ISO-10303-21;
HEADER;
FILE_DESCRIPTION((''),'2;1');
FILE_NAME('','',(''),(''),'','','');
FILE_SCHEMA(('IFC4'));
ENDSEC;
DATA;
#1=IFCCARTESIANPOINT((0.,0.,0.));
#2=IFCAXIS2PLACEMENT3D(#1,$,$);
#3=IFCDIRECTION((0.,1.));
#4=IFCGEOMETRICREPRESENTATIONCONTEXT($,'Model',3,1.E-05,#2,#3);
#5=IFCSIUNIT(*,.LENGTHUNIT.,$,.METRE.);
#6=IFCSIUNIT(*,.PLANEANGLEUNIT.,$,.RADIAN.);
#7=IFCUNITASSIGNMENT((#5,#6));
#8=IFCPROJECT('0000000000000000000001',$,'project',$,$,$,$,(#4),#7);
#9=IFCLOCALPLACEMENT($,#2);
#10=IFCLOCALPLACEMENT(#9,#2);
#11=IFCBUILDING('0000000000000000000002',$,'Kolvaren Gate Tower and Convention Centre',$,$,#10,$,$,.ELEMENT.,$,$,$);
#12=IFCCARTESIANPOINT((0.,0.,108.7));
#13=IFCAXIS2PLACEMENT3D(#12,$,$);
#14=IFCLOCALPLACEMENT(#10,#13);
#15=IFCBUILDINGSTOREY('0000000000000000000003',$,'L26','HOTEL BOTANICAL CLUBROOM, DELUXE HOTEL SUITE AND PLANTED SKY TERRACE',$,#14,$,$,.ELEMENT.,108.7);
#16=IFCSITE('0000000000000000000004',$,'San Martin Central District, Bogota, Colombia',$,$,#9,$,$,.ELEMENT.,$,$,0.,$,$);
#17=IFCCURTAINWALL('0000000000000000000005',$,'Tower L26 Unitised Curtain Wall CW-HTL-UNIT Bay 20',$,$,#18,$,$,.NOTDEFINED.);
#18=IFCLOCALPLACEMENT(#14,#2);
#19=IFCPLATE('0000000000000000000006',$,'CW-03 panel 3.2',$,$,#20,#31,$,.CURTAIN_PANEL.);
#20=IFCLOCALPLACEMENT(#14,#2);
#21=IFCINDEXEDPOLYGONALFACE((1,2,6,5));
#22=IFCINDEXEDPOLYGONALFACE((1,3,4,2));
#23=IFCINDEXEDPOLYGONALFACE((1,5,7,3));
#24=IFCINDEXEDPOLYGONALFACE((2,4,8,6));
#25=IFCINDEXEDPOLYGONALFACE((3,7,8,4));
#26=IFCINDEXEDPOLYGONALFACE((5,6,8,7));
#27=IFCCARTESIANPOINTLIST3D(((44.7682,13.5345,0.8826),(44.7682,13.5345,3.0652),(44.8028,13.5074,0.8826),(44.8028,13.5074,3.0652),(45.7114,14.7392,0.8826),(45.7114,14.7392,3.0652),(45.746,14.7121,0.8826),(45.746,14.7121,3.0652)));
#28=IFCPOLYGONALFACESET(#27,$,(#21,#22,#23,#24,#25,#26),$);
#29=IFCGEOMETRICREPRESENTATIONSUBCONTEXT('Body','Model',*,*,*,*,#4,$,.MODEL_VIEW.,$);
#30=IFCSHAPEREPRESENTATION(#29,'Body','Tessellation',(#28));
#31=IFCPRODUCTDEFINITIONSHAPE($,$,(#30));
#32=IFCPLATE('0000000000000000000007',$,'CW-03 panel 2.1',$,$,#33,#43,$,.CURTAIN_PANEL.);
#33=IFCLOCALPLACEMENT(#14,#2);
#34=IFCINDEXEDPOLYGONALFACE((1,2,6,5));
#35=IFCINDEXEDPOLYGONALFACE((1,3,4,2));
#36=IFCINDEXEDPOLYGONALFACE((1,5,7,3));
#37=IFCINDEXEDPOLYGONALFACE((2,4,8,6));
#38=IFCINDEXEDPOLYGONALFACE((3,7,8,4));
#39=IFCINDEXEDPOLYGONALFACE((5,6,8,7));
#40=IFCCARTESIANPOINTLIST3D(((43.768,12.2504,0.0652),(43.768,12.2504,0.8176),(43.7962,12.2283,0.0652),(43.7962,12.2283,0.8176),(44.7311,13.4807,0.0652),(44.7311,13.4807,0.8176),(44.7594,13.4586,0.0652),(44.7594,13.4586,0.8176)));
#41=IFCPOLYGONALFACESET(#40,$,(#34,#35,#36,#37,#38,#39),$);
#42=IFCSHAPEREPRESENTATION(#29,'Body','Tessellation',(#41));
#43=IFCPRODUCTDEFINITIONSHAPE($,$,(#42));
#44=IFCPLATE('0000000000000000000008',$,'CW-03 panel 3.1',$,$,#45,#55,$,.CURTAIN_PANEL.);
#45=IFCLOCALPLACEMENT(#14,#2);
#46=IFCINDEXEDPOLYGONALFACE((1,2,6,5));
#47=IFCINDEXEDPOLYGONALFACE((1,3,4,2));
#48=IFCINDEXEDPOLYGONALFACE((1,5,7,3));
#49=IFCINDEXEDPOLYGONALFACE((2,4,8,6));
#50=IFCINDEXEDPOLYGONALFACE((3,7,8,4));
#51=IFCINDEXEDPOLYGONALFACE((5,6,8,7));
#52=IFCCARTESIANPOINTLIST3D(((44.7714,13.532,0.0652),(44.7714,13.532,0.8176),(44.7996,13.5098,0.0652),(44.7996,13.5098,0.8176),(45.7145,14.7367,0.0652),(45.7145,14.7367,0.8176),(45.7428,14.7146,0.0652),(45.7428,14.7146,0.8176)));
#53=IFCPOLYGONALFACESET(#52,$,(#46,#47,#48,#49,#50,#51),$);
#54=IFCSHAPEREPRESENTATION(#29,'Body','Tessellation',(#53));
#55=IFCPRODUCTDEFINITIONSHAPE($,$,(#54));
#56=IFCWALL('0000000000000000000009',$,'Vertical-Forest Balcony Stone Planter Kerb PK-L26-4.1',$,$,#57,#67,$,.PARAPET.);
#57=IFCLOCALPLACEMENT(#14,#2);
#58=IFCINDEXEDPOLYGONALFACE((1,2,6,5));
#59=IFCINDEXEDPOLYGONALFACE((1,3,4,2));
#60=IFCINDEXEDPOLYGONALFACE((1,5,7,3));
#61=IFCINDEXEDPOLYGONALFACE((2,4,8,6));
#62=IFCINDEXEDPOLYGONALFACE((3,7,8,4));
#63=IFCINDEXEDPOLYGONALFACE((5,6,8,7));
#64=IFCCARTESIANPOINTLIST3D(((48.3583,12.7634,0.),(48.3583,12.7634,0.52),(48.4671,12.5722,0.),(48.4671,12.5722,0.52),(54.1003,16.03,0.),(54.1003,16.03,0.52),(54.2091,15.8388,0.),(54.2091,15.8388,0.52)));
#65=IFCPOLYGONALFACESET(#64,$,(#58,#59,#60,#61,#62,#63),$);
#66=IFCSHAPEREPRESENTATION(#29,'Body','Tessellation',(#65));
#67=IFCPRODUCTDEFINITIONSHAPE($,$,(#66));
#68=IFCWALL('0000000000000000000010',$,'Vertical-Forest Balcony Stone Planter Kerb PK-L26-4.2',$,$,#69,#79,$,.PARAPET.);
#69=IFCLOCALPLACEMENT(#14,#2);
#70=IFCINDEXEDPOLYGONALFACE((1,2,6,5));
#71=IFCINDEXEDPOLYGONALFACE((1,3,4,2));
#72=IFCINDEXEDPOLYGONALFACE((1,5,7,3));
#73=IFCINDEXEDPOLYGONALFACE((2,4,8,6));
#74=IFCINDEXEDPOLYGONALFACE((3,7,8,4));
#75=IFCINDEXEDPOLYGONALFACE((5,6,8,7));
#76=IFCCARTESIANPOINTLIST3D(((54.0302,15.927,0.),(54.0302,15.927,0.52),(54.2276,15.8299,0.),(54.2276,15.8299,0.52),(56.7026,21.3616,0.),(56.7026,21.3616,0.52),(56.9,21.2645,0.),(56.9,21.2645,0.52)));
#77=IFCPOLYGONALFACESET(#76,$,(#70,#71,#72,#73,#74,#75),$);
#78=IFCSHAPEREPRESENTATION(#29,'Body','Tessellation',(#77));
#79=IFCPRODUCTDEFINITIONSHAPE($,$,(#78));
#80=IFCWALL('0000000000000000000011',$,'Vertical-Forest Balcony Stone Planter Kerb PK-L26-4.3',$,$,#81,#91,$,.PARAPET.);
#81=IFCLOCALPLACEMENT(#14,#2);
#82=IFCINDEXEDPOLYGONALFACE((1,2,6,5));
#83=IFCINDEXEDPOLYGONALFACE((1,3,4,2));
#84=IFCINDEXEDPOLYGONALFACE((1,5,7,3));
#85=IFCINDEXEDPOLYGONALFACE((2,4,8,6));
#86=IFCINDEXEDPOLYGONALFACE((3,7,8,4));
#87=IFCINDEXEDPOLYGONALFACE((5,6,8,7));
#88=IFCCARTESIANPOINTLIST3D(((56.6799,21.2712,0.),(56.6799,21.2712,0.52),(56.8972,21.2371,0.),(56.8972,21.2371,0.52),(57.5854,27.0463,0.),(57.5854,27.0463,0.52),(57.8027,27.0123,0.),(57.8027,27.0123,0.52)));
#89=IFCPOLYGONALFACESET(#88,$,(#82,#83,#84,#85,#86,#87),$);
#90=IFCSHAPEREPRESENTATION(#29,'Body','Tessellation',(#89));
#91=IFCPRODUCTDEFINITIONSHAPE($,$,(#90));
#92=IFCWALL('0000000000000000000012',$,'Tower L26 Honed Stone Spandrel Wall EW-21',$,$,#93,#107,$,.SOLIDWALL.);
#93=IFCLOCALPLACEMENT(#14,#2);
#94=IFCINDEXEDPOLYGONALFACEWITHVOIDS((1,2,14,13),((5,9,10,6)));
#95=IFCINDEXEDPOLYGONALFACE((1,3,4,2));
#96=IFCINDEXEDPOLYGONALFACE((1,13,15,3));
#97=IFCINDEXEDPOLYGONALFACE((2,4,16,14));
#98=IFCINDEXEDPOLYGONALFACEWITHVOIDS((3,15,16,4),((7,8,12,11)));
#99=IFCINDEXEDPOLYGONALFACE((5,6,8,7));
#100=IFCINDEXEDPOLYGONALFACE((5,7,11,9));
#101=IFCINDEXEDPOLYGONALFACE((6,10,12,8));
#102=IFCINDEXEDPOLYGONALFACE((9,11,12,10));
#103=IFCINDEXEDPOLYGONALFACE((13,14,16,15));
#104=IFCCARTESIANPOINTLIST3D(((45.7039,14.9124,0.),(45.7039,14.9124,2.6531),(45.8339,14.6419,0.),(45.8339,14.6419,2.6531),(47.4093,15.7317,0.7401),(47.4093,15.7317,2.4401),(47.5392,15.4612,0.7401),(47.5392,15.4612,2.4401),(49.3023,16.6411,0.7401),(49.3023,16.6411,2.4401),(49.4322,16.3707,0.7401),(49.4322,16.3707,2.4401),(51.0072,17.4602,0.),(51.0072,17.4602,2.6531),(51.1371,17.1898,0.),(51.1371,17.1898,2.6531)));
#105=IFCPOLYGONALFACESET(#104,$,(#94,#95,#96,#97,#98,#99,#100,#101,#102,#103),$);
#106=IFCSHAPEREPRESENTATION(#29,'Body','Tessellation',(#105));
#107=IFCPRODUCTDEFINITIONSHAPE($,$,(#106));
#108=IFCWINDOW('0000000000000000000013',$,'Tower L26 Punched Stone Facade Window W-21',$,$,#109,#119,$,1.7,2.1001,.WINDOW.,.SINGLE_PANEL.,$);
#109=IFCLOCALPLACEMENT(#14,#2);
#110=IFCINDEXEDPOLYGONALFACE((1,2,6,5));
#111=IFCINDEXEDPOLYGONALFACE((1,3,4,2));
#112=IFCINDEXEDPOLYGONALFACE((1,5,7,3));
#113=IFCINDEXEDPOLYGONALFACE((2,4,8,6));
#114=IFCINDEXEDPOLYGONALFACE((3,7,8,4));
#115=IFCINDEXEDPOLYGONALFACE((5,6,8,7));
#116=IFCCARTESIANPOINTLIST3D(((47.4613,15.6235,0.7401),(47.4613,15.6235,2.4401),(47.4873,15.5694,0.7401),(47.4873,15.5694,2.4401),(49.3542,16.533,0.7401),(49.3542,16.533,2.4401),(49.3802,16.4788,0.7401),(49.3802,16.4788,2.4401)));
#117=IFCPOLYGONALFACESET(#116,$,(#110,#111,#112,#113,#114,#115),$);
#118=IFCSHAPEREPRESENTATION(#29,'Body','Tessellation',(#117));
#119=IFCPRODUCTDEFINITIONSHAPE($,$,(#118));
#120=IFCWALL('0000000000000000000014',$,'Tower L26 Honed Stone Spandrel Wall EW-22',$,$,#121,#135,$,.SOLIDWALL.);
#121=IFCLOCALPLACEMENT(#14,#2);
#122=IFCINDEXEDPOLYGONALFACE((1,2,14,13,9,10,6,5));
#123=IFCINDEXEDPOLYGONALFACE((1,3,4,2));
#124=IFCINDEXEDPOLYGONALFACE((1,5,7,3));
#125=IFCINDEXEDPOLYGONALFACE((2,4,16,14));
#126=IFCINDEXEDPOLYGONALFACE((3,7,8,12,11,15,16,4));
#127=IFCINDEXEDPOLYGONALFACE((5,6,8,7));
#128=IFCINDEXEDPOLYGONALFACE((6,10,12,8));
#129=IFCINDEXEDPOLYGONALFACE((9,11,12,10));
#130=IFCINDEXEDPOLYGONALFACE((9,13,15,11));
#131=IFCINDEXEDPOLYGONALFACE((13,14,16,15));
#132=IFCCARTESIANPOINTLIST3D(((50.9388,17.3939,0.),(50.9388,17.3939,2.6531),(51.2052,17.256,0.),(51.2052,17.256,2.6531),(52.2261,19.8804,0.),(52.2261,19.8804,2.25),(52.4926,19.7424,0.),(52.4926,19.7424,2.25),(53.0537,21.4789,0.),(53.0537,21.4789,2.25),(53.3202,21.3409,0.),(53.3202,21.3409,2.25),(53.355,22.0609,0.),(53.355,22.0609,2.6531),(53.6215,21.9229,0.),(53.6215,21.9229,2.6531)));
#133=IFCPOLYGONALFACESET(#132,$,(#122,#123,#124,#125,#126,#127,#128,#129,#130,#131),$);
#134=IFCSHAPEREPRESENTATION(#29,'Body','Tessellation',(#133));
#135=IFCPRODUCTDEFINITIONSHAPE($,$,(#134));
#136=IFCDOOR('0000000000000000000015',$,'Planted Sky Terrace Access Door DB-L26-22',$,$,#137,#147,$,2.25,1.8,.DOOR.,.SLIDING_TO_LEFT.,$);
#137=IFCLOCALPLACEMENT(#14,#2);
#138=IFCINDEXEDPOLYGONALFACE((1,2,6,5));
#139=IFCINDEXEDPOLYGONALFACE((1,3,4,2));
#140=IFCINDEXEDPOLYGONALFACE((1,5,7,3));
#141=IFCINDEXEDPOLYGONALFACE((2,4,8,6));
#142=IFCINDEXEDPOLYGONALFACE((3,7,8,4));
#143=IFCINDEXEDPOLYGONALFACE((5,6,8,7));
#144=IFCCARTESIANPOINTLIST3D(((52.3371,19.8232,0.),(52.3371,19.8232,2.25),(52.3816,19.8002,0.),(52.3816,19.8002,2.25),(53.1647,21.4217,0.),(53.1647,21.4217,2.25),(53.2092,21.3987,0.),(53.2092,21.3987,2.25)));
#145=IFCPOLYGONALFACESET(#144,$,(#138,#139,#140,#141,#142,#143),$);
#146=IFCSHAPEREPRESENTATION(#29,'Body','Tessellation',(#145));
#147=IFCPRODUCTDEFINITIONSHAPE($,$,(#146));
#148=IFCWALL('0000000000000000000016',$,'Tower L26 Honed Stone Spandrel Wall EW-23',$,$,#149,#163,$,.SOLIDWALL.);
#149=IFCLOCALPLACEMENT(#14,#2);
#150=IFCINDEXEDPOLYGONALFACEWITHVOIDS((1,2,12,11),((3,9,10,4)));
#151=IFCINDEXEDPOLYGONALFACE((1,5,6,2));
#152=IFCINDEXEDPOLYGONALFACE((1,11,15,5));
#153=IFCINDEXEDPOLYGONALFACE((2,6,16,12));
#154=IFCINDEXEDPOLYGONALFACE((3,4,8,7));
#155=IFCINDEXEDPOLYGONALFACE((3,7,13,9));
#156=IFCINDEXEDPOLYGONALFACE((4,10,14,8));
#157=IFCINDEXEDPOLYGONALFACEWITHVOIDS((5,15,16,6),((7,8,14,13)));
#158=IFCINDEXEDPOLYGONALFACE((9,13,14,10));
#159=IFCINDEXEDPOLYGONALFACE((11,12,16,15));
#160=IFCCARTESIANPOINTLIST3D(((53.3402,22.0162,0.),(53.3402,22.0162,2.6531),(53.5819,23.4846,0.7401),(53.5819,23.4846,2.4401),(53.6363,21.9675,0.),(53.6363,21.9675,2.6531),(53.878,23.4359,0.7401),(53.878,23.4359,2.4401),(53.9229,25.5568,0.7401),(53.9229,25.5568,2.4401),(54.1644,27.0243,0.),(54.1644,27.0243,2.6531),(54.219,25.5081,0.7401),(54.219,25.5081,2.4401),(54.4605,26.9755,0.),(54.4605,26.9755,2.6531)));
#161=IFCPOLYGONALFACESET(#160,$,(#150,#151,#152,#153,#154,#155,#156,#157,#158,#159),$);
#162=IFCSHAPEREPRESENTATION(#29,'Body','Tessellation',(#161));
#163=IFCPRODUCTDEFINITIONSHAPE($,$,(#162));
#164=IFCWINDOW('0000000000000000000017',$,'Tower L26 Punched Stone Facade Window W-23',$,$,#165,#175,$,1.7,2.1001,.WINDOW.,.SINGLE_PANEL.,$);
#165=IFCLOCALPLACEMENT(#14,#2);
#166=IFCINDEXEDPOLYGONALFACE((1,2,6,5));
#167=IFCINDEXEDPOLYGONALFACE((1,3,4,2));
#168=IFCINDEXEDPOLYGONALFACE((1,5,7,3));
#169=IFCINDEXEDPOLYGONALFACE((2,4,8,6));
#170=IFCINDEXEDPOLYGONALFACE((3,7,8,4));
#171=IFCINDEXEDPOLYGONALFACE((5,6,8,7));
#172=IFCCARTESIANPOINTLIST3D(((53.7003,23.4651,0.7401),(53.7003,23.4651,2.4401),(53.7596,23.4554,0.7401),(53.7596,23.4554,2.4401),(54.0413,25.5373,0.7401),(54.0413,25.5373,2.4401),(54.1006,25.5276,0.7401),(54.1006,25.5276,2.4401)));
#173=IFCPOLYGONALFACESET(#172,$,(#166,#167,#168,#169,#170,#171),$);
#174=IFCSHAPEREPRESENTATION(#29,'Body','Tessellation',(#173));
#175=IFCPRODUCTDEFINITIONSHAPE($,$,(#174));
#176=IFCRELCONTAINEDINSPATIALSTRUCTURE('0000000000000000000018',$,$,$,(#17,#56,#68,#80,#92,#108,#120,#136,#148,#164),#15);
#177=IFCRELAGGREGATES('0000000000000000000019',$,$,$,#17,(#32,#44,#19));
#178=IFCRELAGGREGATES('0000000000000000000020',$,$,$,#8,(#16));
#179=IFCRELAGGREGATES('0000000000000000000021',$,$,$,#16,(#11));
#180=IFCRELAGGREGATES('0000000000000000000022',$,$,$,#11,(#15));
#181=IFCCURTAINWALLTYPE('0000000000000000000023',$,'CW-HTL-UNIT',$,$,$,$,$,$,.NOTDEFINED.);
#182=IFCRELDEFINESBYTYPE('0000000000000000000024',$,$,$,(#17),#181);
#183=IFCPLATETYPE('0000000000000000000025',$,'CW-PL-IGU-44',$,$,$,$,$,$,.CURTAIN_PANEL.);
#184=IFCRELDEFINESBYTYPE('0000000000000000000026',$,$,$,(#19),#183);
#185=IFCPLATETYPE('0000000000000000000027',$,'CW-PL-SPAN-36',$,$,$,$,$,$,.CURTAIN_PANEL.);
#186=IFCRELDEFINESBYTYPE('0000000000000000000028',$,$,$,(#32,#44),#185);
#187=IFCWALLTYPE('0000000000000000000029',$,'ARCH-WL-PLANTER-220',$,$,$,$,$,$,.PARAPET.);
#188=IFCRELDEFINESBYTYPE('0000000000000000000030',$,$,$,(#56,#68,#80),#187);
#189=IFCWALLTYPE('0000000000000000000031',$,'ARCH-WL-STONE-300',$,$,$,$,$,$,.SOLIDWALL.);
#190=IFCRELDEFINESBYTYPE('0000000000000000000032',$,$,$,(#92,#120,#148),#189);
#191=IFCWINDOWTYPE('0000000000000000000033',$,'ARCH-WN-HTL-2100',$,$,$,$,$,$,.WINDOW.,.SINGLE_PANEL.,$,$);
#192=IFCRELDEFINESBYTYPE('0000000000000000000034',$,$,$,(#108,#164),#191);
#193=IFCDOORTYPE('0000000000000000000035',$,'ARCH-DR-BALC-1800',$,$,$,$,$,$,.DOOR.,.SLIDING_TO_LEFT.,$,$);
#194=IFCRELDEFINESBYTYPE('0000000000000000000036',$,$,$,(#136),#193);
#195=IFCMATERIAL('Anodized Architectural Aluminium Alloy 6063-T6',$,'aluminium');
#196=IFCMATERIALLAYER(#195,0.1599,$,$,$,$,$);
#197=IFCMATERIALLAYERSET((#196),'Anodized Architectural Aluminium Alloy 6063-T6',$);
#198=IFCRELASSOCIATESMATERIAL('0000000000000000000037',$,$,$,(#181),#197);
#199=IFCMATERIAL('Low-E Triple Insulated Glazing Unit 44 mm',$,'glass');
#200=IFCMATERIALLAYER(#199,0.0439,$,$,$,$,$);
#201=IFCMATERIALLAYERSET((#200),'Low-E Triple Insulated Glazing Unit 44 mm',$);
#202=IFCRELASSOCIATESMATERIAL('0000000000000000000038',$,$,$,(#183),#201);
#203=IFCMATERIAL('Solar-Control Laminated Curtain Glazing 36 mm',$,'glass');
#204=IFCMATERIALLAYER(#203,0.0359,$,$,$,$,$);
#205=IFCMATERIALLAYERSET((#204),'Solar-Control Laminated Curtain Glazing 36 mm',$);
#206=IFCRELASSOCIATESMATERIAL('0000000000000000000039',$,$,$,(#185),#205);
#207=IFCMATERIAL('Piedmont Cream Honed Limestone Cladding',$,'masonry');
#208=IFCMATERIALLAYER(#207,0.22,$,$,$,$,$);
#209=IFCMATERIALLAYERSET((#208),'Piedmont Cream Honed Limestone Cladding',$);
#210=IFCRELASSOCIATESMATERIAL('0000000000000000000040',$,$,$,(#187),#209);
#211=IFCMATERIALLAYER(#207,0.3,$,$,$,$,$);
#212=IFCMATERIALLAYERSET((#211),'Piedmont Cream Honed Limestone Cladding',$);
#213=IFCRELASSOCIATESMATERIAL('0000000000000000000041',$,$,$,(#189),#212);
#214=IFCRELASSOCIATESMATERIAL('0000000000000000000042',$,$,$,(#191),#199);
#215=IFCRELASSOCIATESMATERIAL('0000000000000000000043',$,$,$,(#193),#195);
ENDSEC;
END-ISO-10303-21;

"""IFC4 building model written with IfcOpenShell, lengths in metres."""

from ifc_helpers import new_model, si_unit, direction, frame, frame_2d, origin, origin_2d, place, context, subcontext, project, spatial, rectangle, extrude, material, layer, layer_set, type_object, element, fill, aggregate, save


model = new_model("IFC4")

# Units and contexts
model_context = context("Model", 3, precision=1e-05, world=origin(), true_north=direction((0.0, 1.0)))
body_context = subcontext(model_context, "Body", "Model", "MODEL_VIEW")
ifc_project = project(units=[si_unit("LENGTHUNIT", "METRE"), si_unit("PLANEANGLEUNIT", "RADIAN")], contexts=[model_context])

# Site, building, storey
site_placement = place(None, origin())
site = spatial("IfcSite", under=ifc_project, at=site_placement, Name="San Martin Central District, Bogota, Colombia", CompositionType="ELEMENT", RefElevation=0.0)
building_placement = place(site_placement, origin())
building = spatial("IfcBuilding", under=site, at=building_placement, Name="Kolvaren Gate Tower and Convention Centre", CompositionType="ELEMENT")
storey_placement = place(building_placement, frame((0.0, 0.0, 108.7)))
storey = spatial("IfcBuildingStorey", under=building, at=storey_placement, Name="L26", Description="HOTEL BOTANICAL CLUBROOM, DELUXE HOTEL SUITE AND PLANTED SKY TERRACE", CompositionType="ELEMENT", Elevation=108.7)

# Curtain wall
ifc_material_1 = material(Name="Anodized Architectural Aluminium Alloy 6063-T6", Category="aluminium")
ifc_layer_1 = layer(ifc_material_1, 0.1599)
ifc_layer_set_1 = layer_set([ifc_layer_1], Name="Anodized Architectural Aluminium Alloy 6063-T6")
curtain_wall_type = type_object("IfcCurtainWallType", Name="CW-HTL-UNIT", PredefinedType="NOTDEFINED", material=ifc_layer_set_1)
curtain_wall_placement = place(storey_placement, origin())
curtain_wall = element("IfcCurtainWall", 1, at=curtain_wall_placement, inside=storey, type_object=curtain_wall_type, Name="Tower L26 Unitised Curtain Wall CW-HTL-UNIT Bay 20", PredefinedType="NOTDEFINED")

# Plates
ifc_material_2 = material(Name="Low-E Triple Insulated Glazing Unit 44 mm", Category="glass")
ifc_layer_2 = layer(ifc_material_2, 0.0439)
ifc_layer_set_2 = layer_set([ifc_layer_2], Name="Low-E Triple Insulated Glazing Unit 44 mm")
plate_type_1 = type_object("IfcPlateType", Name="CW-PL-IGU-44", PredefinedType="CURTAIN_PANEL", material=ifc_layer_set_2)
plate_1_placement = place(storey_placement, frame((45.2571, 14.1233, 0.8826), z_axis=(0.0, 0.0, 1.0), x_axis=(0.616426, 0.787413, 0.0)))
plate_1 = element("IfcPlate", 2, at=plate_1_placement, type_object=plate_type_1, Name="CW-03 panel 3.2", PredefinedType="CURTAIN_PANEL", context=body_context, shape_type="SweptSolid", body=[
    extrude(rectangle(XDim=1.53, YDim=0.0439, at=origin_2d()), origin(), (0.0, 0.0, 1.0), 2.1826),
])
ifc_material_3 = material(Name="Solar-Control Laminated Curtain Glazing 36 mm", Category="glass")
ifc_layer_3 = layer(ifc_material_3, 0.0359)
ifc_layer_set_3 = layer_set([ifc_layer_3], Name="Solar-Control Laminated Curtain Glazing 36 mm")
plate_type_2 = type_object("IfcPlateType", Name="CW-PL-SPAN-36", PredefinedType="CURTAIN_PANEL", material=ifc_layer_set_3)
plate_2_placement = place(storey_placement, frame((44.2637, 12.8545, 0.0652), z_axis=(0.0, 0.0, 1.0), x_axis=(0.616426, 0.787413, 0.0)))
plate_2 = element("IfcPlate", 3, at=plate_2_placement, type_object=plate_type_2, Name="CW-03 panel 2.1", PredefinedType="CURTAIN_PANEL", context=body_context, shape_type="SweptSolid", body=[
    extrude(rectangle(XDim=1.5625, YDim=0.0359, at=origin_2d()), origin(), (0.0, 0.0, 1.0), 0.7524),
])
plate_3_placement = place(storey_placement, frame((45.2571, 14.1233, 0.0652), z_axis=(0.0, 0.0, 1.0), x_axis=(0.616426, 0.787413, 0.0)))
plate_3 = element("IfcPlate", 4, at=plate_3_placement, type_object=plate_type_2, Name="CW-03 panel 3.1", PredefinedType="CURTAIN_PANEL", context=body_context, shape_type="SweptSolid", body=[
    extrude(rectangle(XDim=1.53, YDim=0.0359, at=origin_2d()), origin(), (0.0, 0.0, 1.0), 0.7524),
])
aggregate(curtain_wall, [plate_2, plate_3, plate_1])

# Walls
ifc_material_4 = material(Name="Piedmont Cream Honed Limestone Cladding", Category="masonry")
ifc_layer_4 = layer(ifc_material_4, 0.22)
ifc_layer_set_4 = layer_set([ifc_layer_4], Name="Piedmont Cream Honed Limestone Cladding")
wall_type_1 = type_object("IfcWallType", Name="ARCH-WL-PLANTER-220", PredefinedType="PARAPET", material=ifc_layer_set_4)
wall_1_placement = place(storey_placement, frame((48.4126, 12.6677, 0.0), z_axis=(0.0, 0.0, 1.0), x_axis=(0.869188, 0.494482, 0.0)))
element("IfcWall", 5, at=wall_1_placement, inside=storey, type_object=wall_type_1, Name="Vertical-Forest Balcony Stone Planter Kerb PK-L26-4.1", PredefinedType="PARAPET", context=body_context, shape_type="SweptSolid", body=[
    extrude(rectangle(XDim=6.6062, YDim=0.22, at=frame_2d((3.3032, 0.0))), origin(), (0.0, 0.0, 1.0), 0.52),
])
wall_2_placement = place(storey_placement, frame((54.1289, 15.8784, 0.0), z_axis=(0.0, 0.0, 1.0), x_axis=(0.44127, 0.897375, 0.0)))
element("IfcWall", 6, at=wall_2_placement, inside=storey, type_object=wall_type_1, Name="Vertical-Forest Balcony Stone Planter Kerb PK-L26-4.2", PredefinedType="PARAPET", context=body_context, shape_type="SweptSolid", body=[
    extrude(rectangle(XDim=6.0562, YDim=0.22, at=frame_2d((3.0281, 0.0))), origin(), (0.0, 0.0, 1.0), 0.52),
])
wall_3_placement = place(storey_placement, frame((56.7886, 21.2542, 0.0), z_axis=(0.0, 0.0, 1.0), x_axis=(0.154903, 0.98793, 0.0)))
element("IfcWall", 7, at=wall_3_placement, inside=storey, type_object=wall_type_1, Name="Vertical-Forest Balcony Stone Planter Kerb PK-L26-4.3", PredefinedType="PARAPET", context=body_context, shape_type="SweptSolid", body=[
    extrude(rectangle(XDim=5.8457, YDim=0.22, at=frame_2d((2.9229, 0.0))), origin(), (0.0, 0.0, 1.0), 0.52),
])

# Wall, opening, window
ifc_layer_5 = layer(ifc_material_4, 0.3)
ifc_layer_set_5 = layer_set([ifc_layer_5], Name="Piedmont Cream Honed Limestone Cladding")
wall_type_2 = type_object("IfcWallType", Name="ARCH-WL-STONE-300", PredefinedType="SOLIDWALL", material=ifc_layer_set_5)
wall_4_placement = place(storey_placement, frame((45.7688, 14.7771, 0.0), z_axis=(0.0, 0.0, 1.0), x_axis=(0.90137, 0.433049, 0.0)))
wall_4 = element("IfcWall", 8, at=wall_4_placement, inside=storey, type_object=wall_type_2, Name="Tower L26 Honed Stone Spandrel Wall EW-21", PredefinedType="SOLIDWALL", context=body_context, shape_type="SweptSolid", body=[
    extrude(rectangle(XDim=5.8835, YDim=0.3, at=frame_2d((2.9419, 0.0))), origin(), (0.0, 0.0, 1.0), 2.6531),
])
opening_1_placement = place(wall_4_placement, frame((1.8921, 0.0, 0.74)))
opening_1 = element("IfcOpeningElement", 9, at=opening_1_placement, cuts=wall_4, PredefinedType="OPENING", context=body_context, shape_type="SweptSolid", body=[
    extrude(rectangle(XDim=2.1001, YDim=1.7, at=frame_2d((1.05, 0.8501))), frame((0.0, 0.1599, 0.0), z_axis=(0.0, -1.0, 0.0), x_axis=(1.0, 0.0, 0.0)), (0.0, 0.0, 1.0), 0.3201),
])
window_type = type_object("IfcWindowType", Name="ARCH-WN-HTL-2100", PartitioningType="SINGLE_PANEL", PredefinedType="WINDOW", material=ifc_material_2)
window_1_placement = place(opening_1_placement, origin())
window_1 = element("IfcWindow", 10, at=window_1_placement, inside=storey, type_object=window_type, Name="Tower L26 Punched Stone Facade Window W-21", OverallHeight=1.7, OverallWidth=2.1001, PartitioningType="SINGLE_PANEL", PredefinedType="WINDOW", context=body_context, shape_type="SweptSolid", body=[
    extrude(rectangle(XDim=2.1001, YDim=1.7, at=frame_2d((1.05, 0.8501))), frame((0.0, 0.03, 0.0), z_axis=(0.0, -1.0, 0.0), x_axis=(1.0, 0.0, 0.0)), (0.0, 0.0, 1.0), 0.0601),
])
fill(opening_1, window_1)

# Wall, opening, door
wall_5_placement = place(storey_placement, frame((51.072, 17.325, 0.0), z_axis=(0.0, 0.0, 1.0), x_axis=(0.459768, 0.888039, 0.0)))
wall_5 = element("IfcWall", 11, at=wall_5_placement, inside=storey, type_object=wall_type_2, Name="Tower L26 Honed Stone Spandrel Wall EW-22", PredefinedType="SOLIDWALL", context=body_context, shape_type="SweptSolid", body=[
    extrude(rectangle(XDim=5.2554, YDim=0.3, at=frame_2d((2.6277, 0.0))), origin(), (0.0, 0.0, 1.0), 2.6531),
])
opening_2_placement = place(wall_5_placement, frame((2.8, 0.0, 0.0)))
opening_2 = element("IfcOpeningElement", 12, at=opening_2_placement, cuts=wall_5, PredefinedType="OPENING", context=body_context, shape_type="SweptSolid", body=[
    extrude(rectangle(XDim=1.8, YDim=2.25, at=frame_2d((0.8999, 1.125))), frame((0.0, 0.1599, 0.0), z_axis=(0.0, -1.0, 0.0), x_axis=(1.0, 0.0, 0.0)), (0.0, 0.0, 1.0), 0.3201),
])
door_type_1 = type_object("IfcDoorType", Name="ARCH-DR-BALC-1800", OperationType="SLIDING_TO_LEFT", PredefinedType="DOOR", material=ifc_material_1)
door_1_placement = place(opening_2_placement, frame((1.8, 0.0, 0.0), z_axis=(0.0, 0.0, 1.0), x_axis=(-1.0, 0.0, 0.0)))
door_1 = element("IfcDoor", 13, at=door_1_placement, inside=storey, type_object=door_type_1, Name="Planted Sky Terrace Access Door DB-L26-22", OperationType="SLIDING_TO_LEFT", OverallHeight=2.25, OverallWidth=1.8, PredefinedType="DOOR", context=body_context, shape_type="SweptSolid", body=[
    extrude(rectangle(XDim=1.8, YDim=2.25, at=frame_2d((0.8999, 1.125))), frame((0.0, 0.0249, 0.0), z_axis=(0.0, -1.0, 0.0), x_axis=(1.0, 0.0, 0.0)), (0.0, 0.0, 1.0), 0.05),
])
fill(opening_2, door_1)

# Wall, opening, window
wall_6_placement = place(storey_placement, frame((53.4883, 21.9919, 0.0), z_axis=(0.0, 0.0, 1.0), x_axis=(0.162394, 0.986726, 0.0)))
wall_6 = element("IfcWall", 14, at=wall_6_placement, inside=storey, type_object=wall_type_2, Name="Tower L26 Honed Stone Spandrel Wall EW-23", PredefinedType="SOLIDWALL", context=body_context, shape_type="SweptSolid", body=[
    extrude(rectangle(XDim=5.0754, YDim=0.3, at=frame_2d((2.5376, 0.0))), origin(), (0.0, 0.0, 1.0), 2.6531),
])
opening_3_placement = place(wall_6_placement, frame((1.488, 0.0, 0.74)))
opening_3 = element("IfcOpeningElement", 15, at=opening_3_placement, cuts=wall_6, PredefinedType="OPENING", context=body_context, shape_type="SweptSolid", body=[
    extrude(rectangle(XDim=2.1001, YDim=1.7, at=frame_2d((1.05, 0.8501))), frame((0.0, 0.1599, 0.0), z_axis=(0.0, -1.0, 0.0), x_axis=(1.0, 0.0, 0.0)), (0.0, 0.0, 1.0), 0.3201),
])
window_2_placement = place(opening_3_placement, origin())
window_2 = element("IfcWindow", 16, at=window_2_placement, inside=storey, type_object=window_type, Name="Tower L26 Punched Stone Facade Window W-23", OverallHeight=1.7, OverallWidth=2.1001, PartitioningType="SINGLE_PANEL", PredefinedType="WINDOW", context=body_context, shape_type="SweptSolid", body=[
    extrude(rectangle(XDim=2.1001, YDim=1.7, at=frame_2d((1.05, 0.8501))), frame((0.0, 0.03, 0.0), z_axis=(0.0, -1.0, 0.0), x_axis=(1.0, 0.0, 0.0)), (0.0, 0.0, 1.0), 0.0601),
])
fill(opening_3, window_2)

save(model, "model.ifc")
